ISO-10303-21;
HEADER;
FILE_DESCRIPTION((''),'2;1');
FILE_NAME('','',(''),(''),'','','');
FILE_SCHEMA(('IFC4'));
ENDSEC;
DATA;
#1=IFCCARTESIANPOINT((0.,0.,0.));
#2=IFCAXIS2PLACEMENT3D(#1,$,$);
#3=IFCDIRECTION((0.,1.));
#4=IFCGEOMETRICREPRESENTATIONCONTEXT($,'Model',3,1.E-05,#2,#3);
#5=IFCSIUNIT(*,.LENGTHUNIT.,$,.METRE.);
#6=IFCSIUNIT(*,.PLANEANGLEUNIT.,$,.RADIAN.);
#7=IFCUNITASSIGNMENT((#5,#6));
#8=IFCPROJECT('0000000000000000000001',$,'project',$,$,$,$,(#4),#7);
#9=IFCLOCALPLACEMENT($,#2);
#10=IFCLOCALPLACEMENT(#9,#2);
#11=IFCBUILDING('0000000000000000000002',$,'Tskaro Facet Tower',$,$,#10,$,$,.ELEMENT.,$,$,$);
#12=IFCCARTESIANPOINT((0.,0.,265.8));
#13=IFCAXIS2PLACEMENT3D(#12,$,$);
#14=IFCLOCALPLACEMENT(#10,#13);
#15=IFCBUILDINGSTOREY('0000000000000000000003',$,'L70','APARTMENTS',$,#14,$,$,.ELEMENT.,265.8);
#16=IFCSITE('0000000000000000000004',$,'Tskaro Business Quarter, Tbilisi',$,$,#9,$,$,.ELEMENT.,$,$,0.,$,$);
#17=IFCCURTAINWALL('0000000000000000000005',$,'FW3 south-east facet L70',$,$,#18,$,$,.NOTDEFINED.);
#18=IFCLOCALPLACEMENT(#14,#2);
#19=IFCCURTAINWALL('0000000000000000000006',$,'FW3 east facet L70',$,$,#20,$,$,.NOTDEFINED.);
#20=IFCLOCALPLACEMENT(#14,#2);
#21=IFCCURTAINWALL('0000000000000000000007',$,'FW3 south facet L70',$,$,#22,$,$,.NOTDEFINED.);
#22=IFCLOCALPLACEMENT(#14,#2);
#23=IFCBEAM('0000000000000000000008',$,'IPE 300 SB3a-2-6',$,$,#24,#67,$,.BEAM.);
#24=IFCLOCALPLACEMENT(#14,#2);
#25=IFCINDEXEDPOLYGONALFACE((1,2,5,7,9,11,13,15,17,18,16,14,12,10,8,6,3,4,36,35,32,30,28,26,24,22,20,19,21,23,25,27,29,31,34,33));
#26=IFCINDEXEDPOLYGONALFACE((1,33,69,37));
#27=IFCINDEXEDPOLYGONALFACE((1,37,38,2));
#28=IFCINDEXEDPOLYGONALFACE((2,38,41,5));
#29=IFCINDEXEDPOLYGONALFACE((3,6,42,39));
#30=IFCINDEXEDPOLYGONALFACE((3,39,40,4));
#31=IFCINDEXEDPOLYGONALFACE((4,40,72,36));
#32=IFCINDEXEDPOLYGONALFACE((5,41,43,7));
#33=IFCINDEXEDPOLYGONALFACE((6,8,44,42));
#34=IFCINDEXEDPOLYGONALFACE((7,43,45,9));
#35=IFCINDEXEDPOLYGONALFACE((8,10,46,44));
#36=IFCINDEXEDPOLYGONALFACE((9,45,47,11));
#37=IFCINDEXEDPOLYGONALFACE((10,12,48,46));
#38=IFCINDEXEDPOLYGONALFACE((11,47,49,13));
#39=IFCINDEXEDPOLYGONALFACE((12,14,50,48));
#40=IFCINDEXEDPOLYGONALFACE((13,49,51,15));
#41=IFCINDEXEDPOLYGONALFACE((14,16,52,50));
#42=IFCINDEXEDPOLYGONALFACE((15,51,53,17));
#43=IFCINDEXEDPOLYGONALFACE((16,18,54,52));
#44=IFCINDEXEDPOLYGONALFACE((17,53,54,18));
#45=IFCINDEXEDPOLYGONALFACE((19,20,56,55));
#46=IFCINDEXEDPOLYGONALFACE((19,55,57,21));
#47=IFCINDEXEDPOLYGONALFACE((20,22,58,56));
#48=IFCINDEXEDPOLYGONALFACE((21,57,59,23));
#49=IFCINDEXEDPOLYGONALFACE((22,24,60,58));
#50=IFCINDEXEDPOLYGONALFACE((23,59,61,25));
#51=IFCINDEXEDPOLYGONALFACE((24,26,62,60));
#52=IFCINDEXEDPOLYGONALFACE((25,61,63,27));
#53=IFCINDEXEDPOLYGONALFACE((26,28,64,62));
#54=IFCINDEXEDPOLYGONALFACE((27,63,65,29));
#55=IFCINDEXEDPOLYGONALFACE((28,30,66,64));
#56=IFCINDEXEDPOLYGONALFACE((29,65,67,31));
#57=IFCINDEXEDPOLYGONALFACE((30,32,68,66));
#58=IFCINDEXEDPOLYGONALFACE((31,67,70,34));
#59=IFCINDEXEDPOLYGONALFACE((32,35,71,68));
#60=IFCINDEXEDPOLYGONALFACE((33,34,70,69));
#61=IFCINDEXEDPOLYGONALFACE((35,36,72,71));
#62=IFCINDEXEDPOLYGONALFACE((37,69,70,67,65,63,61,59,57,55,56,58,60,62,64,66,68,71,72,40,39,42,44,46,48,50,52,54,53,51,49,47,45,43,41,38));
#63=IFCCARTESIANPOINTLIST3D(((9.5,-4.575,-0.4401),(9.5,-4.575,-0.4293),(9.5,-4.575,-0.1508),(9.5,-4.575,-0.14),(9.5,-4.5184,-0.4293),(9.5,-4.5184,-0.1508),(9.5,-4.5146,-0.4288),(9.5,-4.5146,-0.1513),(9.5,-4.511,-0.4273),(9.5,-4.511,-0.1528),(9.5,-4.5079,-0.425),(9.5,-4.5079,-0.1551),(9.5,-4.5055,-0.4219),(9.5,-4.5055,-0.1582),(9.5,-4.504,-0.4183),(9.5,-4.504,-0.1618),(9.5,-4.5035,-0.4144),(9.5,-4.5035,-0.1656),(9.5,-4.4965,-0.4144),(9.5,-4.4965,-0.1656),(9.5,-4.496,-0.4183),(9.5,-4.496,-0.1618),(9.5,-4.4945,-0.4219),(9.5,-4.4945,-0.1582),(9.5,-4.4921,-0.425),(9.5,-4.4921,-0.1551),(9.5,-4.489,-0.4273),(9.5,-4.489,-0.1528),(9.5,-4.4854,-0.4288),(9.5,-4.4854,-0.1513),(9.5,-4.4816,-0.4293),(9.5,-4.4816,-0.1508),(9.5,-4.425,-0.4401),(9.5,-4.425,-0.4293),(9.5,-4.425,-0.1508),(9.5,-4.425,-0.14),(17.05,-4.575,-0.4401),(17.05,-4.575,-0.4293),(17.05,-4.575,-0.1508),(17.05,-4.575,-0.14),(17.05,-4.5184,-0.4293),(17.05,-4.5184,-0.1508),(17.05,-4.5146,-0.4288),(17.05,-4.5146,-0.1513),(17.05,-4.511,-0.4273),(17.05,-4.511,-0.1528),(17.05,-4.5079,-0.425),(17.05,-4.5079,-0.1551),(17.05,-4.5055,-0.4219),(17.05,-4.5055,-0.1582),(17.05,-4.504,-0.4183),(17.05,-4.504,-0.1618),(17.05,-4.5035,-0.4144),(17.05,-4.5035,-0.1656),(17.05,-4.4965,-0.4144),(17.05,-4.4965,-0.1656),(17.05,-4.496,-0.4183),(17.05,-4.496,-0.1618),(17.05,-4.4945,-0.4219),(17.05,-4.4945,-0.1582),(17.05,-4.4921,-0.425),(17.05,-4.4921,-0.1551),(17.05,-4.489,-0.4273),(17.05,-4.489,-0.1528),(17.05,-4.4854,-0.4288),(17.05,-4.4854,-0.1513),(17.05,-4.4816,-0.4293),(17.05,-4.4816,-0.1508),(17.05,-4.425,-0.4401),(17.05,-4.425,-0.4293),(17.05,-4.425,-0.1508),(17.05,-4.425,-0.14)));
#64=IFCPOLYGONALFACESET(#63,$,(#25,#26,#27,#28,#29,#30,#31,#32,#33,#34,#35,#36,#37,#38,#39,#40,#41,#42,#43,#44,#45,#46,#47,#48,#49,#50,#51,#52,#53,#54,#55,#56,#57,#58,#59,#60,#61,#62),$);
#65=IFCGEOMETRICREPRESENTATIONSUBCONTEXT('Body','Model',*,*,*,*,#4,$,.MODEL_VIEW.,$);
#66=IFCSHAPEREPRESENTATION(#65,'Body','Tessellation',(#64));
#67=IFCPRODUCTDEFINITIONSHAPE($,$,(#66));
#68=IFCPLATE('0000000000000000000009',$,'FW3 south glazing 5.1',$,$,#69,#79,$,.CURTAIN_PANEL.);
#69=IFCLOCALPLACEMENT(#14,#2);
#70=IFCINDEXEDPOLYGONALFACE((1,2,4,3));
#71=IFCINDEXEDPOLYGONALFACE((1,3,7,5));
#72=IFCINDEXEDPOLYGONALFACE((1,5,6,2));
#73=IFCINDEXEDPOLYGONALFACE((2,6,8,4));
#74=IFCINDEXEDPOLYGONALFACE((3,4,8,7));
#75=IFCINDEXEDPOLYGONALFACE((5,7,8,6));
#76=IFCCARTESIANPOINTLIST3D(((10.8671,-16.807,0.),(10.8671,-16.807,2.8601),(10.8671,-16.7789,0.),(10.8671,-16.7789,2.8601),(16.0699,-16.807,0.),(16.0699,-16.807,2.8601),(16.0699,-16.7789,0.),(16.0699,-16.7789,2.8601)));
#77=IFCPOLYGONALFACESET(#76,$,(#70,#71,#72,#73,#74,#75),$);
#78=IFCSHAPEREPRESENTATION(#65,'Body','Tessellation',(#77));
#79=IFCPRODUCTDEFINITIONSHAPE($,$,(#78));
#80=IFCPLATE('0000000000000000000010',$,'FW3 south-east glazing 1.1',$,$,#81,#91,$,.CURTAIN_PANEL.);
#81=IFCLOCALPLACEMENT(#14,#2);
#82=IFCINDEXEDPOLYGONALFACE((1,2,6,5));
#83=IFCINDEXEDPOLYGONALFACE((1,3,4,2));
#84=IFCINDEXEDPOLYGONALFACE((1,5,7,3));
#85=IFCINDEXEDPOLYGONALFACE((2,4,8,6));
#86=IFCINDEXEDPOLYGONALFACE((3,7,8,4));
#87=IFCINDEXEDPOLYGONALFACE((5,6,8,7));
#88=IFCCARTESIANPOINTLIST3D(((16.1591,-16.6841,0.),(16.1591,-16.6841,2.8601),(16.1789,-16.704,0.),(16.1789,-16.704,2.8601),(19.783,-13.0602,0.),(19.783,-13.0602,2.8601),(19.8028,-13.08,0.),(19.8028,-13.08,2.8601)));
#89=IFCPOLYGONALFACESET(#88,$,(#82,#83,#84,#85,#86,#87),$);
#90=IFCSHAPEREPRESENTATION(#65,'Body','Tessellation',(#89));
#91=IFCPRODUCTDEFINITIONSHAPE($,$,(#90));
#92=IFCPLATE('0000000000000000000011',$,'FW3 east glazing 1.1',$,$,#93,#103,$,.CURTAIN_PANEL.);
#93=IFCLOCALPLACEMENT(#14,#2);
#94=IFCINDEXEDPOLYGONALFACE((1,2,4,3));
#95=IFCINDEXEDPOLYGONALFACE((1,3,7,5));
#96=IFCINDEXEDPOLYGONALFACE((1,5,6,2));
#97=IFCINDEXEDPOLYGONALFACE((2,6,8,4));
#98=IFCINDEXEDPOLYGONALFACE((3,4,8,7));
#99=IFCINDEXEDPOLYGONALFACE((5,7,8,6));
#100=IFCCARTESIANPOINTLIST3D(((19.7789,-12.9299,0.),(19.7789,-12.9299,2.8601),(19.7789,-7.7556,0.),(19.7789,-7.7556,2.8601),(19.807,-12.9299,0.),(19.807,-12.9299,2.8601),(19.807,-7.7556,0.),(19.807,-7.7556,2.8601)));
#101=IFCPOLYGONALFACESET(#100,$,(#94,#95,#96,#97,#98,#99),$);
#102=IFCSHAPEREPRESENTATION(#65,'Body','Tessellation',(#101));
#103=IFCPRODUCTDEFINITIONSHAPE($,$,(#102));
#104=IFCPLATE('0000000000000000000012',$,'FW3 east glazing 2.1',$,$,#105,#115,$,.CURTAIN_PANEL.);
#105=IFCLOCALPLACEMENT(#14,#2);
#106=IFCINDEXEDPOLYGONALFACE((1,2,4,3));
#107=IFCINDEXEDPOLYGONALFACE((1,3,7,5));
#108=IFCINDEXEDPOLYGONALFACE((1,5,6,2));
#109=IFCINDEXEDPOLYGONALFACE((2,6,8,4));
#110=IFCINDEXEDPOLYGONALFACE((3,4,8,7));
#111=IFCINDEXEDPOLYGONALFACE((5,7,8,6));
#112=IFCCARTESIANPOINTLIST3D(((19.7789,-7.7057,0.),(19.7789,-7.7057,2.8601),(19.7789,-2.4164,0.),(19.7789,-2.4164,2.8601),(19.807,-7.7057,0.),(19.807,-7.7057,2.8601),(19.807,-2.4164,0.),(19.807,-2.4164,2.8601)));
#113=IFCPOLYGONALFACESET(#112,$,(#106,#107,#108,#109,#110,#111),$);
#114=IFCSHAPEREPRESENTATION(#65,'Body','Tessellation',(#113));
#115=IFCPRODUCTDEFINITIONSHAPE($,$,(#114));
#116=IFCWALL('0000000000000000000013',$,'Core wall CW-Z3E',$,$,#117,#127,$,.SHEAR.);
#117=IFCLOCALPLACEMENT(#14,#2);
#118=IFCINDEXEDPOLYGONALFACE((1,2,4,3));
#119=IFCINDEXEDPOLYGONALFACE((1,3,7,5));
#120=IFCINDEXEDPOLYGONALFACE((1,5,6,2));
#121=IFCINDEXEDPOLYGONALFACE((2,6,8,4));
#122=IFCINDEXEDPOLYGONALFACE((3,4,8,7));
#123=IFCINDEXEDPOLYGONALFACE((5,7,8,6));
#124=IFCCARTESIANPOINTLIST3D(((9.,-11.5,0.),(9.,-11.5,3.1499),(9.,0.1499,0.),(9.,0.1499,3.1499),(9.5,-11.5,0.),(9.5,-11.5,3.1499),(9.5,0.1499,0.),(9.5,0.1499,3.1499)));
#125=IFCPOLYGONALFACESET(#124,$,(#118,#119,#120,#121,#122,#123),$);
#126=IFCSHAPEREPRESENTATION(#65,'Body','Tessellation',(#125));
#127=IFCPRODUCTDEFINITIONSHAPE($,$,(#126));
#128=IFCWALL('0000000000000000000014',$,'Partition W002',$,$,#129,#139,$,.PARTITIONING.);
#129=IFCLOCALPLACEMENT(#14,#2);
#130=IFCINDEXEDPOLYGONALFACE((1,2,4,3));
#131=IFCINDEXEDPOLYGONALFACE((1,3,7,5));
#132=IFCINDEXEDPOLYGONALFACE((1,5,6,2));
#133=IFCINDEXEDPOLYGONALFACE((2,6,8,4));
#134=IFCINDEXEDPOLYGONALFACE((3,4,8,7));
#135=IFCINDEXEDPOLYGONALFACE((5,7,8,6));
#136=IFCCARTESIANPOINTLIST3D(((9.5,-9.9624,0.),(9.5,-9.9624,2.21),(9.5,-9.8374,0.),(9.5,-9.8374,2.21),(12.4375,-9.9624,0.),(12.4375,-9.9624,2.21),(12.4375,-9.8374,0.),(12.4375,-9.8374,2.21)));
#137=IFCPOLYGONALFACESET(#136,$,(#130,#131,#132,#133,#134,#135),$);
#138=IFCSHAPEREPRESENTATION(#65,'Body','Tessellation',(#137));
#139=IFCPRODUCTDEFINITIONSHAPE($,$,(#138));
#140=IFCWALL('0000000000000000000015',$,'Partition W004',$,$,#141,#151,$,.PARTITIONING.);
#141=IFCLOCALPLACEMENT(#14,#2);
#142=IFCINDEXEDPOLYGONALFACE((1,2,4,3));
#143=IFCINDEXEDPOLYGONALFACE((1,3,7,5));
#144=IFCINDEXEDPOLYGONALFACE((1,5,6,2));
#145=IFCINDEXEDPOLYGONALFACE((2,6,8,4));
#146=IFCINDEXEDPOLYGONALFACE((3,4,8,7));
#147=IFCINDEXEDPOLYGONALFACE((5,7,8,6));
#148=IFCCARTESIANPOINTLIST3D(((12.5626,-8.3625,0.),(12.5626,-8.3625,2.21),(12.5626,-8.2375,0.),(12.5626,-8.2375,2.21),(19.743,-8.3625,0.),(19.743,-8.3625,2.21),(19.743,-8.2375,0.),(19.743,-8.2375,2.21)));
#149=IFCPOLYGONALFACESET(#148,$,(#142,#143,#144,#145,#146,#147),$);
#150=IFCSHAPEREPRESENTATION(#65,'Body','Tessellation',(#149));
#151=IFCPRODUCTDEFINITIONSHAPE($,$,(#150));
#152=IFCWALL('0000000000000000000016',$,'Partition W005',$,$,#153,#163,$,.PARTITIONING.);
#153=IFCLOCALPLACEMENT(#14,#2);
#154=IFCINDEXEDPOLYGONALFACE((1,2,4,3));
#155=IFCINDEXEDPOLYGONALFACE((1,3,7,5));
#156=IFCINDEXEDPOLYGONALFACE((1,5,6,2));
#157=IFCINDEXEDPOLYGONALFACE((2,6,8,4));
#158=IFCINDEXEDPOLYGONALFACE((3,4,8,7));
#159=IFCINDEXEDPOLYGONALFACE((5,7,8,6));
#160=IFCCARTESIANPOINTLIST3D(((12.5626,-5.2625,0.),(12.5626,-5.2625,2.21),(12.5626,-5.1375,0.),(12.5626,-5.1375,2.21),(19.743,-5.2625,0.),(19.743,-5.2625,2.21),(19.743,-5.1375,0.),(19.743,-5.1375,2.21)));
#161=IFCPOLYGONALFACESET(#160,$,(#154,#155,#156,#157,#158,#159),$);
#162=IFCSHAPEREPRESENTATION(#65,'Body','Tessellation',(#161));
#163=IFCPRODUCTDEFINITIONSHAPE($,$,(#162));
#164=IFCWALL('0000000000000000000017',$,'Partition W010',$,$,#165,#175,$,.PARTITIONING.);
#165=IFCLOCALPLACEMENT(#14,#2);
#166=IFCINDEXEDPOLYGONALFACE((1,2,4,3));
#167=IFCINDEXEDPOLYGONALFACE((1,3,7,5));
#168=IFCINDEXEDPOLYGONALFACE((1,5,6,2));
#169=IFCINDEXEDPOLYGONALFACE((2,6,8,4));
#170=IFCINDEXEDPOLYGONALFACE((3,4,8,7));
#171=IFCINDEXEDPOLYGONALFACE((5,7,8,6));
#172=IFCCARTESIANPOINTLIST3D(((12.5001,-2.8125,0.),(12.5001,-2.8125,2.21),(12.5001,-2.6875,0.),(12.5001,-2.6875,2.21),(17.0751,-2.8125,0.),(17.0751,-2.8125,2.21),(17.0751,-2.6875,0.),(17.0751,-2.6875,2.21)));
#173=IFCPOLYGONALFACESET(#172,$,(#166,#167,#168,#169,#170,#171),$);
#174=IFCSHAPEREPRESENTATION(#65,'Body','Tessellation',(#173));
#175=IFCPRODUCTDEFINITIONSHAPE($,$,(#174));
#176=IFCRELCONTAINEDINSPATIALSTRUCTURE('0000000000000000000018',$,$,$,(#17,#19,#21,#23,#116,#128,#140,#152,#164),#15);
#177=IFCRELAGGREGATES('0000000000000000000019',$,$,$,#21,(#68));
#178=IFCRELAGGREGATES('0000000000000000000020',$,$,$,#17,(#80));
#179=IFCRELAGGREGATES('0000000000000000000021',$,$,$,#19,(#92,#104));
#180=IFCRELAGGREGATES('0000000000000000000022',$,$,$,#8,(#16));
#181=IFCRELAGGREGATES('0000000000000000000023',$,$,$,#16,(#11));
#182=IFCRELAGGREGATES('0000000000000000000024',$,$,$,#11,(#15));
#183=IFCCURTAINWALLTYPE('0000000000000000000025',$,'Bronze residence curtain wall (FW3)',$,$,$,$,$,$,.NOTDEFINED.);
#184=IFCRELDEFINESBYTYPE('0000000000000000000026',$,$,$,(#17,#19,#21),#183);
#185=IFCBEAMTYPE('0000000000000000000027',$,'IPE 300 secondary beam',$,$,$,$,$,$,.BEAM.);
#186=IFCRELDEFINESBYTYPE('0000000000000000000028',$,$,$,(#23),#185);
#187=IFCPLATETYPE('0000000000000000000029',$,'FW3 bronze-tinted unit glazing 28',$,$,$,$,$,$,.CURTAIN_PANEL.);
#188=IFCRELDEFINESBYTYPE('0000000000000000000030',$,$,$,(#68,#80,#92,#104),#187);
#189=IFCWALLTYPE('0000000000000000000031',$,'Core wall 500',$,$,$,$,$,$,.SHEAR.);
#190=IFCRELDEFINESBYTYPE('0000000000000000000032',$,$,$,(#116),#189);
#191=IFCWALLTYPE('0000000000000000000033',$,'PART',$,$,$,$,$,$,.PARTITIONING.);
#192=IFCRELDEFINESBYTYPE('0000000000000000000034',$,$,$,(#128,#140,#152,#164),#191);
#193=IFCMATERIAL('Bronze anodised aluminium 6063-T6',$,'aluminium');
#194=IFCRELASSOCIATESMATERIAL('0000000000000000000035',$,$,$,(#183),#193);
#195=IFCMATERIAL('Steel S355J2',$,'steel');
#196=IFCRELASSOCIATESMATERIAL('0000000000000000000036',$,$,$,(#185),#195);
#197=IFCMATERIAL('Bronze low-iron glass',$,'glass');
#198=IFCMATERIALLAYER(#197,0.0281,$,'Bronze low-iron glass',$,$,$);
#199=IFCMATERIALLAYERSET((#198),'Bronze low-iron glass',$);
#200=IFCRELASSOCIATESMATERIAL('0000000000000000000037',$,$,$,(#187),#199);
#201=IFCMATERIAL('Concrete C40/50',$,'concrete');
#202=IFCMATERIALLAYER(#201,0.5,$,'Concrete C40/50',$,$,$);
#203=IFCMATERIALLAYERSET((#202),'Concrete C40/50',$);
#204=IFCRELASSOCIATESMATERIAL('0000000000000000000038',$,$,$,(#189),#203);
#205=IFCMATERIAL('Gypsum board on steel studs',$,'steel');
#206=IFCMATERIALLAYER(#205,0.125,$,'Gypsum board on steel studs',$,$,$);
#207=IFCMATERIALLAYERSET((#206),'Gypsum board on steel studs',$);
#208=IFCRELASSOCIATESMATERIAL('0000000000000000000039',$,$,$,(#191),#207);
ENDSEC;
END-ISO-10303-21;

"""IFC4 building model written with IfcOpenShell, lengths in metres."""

from ifc_helpers import new_model, si_unit, direction, frame, frame_2d, origin, origin_2d, place, context, subcontext, project, spatial, rectangle, i_section, extrude, material, layer, layer_set, material_profile, profile_set, type_object, element, aggregate, save


model = new_model("IFC4")

# Units and contexts
model_context = context("Model", 3, precision=1e-05, world=origin(), true_north=direction((0.0, 1.0)))
body_context = subcontext(model_context, "Body", "Model", "MODEL_VIEW")
ifc_project = project(units=[si_unit("LENGTHUNIT", "METRE"), si_unit("PLANEANGLEUNIT", "RADIAN")], contexts=[model_context])

# Site, building, storey
site_placement = place(None, origin())
site = spatial("IfcSite", under=ifc_project, at=site_placement, Name="Tskaro Business Quarter, Tbilisi", CompositionType="ELEMENT", RefElevation=0.0)
building_placement = place(site_placement, origin())
building = spatial("IfcBuilding", under=site, at=building_placement, Name="Tskaro Facet Tower", CompositionType="ELEMENT")
storey_placement = place(building_placement, frame((0.0, 0.0, 265.8)))
storey = spatial("IfcBuildingStorey", under=building, at=storey_placement, Name="L70", Description="APARTMENTS", CompositionType="ELEMENT", Elevation=265.8)

# Shared definitions
ifc_material_1 = material(Name="Steel S355J2", Category="steel")

# Curtain walls
ifc_material_2 = material(Name="Bronze anodised aluminium 6063-T6", Category="aluminium")
curtain_wall_type = type_object("IfcCurtainWallType", Name="Bronze residence curtain wall (FW3)", PredefinedType="NOTDEFINED", material=ifc_material_2)
curtain_wall_1_placement = place(storey_placement, origin())
curtain_wall_1 = element("IfcCurtainWall", 1, at=curtain_wall_1_placement, inside=storey, type_object=curtain_wall_type, Name="FW3 south-east facet L70", PredefinedType="NOTDEFINED")
curtain_wall_2_placement = place(storey_placement, origin())
curtain_wall_2 = element("IfcCurtainWall", 2, at=curtain_wall_2_placement, inside=storey, type_object=curtain_wall_type, Name="FW3 east facet L70", PredefinedType="NOTDEFINED")
curtain_wall_3_placement = place(storey_placement, origin())
curtain_wall_3 = element("IfcCurtainWall", 3, at=curtain_wall_3_placement, inside=storey, type_object=curtain_wall_type, Name="FW3 south facet L70", PredefinedType="NOTDEFINED")

# Beam
ifc_material_profile_1 = material_profile(ifc_material_1, i_section(OverallWidth=0.1499, OverallDepth=0.3, WebThickness=0.0071, FlangeThickness=0.0107, FilletRadius=0.0149, at=origin_2d()), Name="IPE 300")
ifc_profile_set_1 = profile_set([ifc_material_profile_1], Name="Steel S355J2")
beam_type_1 = type_object("IfcBeamType", Name="IPE 300 secondary beam", PredefinedType="BEAM", material=ifc_profile_set_1)
beam_1_placement = place(storey_placement, frame((9.5, -4.5, -0.29), z_axis=(1.0, 0.0, 0.0), x_axis=(0.0, 1.0, 0.0)))
element("IfcBeam", 4, at=beam_1_placement, inside=storey, type_object=beam_type_1, Name="IPE 300 SB3a-2-6", PredefinedType="BEAM", context=body_context, shape_type="SweptSolid", body=[
    extrude(i_section(OverallWidth=0.1499, OverallDepth=0.3, WebThickness=0.0071, FlangeThickness=0.0107, FilletRadius=0.0149, at=origin_2d()), origin(), (0.0, 0.0, 1.0), 7.55),
])

# Plates
ifc_material_3 = material(Name="Bronze low-iron glass", Category="glass")
ifc_layer_1 = layer(ifc_material_3, 0.0281, Name="Bronze low-iron glass")
ifc_layer_set_1 = layer_set([ifc_layer_1], Name="Bronze low-iron glass")
plate_type = type_object("IfcPlateType", Name="FW3 bronze-tinted unit glazing 28", PredefinedType="CURTAIN_PANEL", material=ifc_layer_set_1)
plate_1_placement = place(storey_placement, frame((13.4685, -16.793, 0.0), z_axis=(0.0, 0.0, 1.0), x_axis=(1.0, 0.0, 0.0)))
plate_1 = element("IfcPlate", 5, at=plate_1_placement, type_object=plate_type, Name="FW3 south glazing 5.1", PredefinedType="CURTAIN_PANEL", context=body_context, shape_type="SweptSolid", body=[
    extrude(rectangle(XDim=5.2029, YDim=0.0281, at=origin_2d()), origin(), (0.0, 0.0, 1.0), 2.8601),
])
aggregate(curtain_wall_3, [plate_1])
plate_2_placement = place(storey_placement, frame((17.981, -14.8821, 0.0), z_axis=(0.0, 0.0, 1.0), x_axis=(0.707107, 0.707107, 0.0)))
plate_2 = element("IfcPlate", 6, at=plate_2_placement, type_object=plate_type, Name="FW3 south-east glazing 1.1", PredefinedType="CURTAIN_PANEL", context=body_context, shape_type="SweptSolid", body=[
    extrude(rectangle(XDim=5.125, YDim=0.0281, at=origin_2d()), origin(), (0.0, 0.0, 1.0), 2.8601),
])
aggregate(curtain_wall_1, [plate_2])
plate_3_placement = place(storey_placement, frame((19.793, -10.3428, 0.0), z_axis=(0.0, 0.0, 1.0), x_axis=(0.0, 1.0, 0.0)))
plate_3 = element("IfcPlate", 7, at=plate_3_placement, type_object=plate_type, Name="FW3 east glazing 1.1", PredefinedType="CURTAIN_PANEL", context=body_context, shape_type="SweptSolid", body=[
    extrude(rectangle(XDim=5.1743, YDim=0.0281, at=origin_2d()), origin(), (0.0, 0.0, 1.0), 2.8601),
])
plate_4_placement = place(storey_placement, frame((19.793, -5.061, 0.0), z_axis=(0.0, 0.0, 1.0), x_axis=(0.0, 1.0, 0.0)))
plate_4 = element("IfcPlate", 8, at=plate_4_placement, type_object=plate_type, Name="FW3 east glazing 2.1", PredefinedType="CURTAIN_PANEL", context=body_context, shape_type="SweptSolid", body=[
    extrude(rectangle(XDim=5.2893, YDim=0.0281, at=origin_2d()), origin(), (0.0, 0.0, 1.0), 2.8601),
])
aggregate(curtain_wall_2, [plate_3, plate_4])

# Walls
ifc_material_4 = material(Name="Concrete C40/50", Category="concrete")
ifc_layer_2 = layer(ifc_material_4, 0.5, Name="Concrete C40/50")
ifc_layer_set_2 = layer_set([ifc_layer_2], Name="Concrete C40/50")
wall_type_1 = type_object("IfcWallType", Name="Core wall 500", PredefinedType="SHEAR", material=ifc_layer_set_2)
wall_1_placement = place(storey_placement, frame((9.25, -11.5, 0.0), z_axis=(0.0, 0.0, 1.0), x_axis=(0.0, 1.0, 0.0)))
element("IfcWall", 9, at=wall_1_placement, inside=storey, type_object=wall_type_1, Name="Core wall CW-Z3E", PredefinedType="SHEAR", context=body_context, shape_type="SweptSolid", body=[
    extrude(rectangle(XDim=11.6499, YDim=0.5, at=frame_2d((5.825, 0.0))), origin(), (0.0, 0.0, 1.0), 3.1499),
])
ifc_material_5 = material(Name="Gypsum board on steel studs", Category="steel")
ifc_layer_3 = layer(ifc_material_5, 0.125, Name="Gypsum board on steel studs")
ifc_layer_set_3 = layer_set([ifc_layer_3], Name="Gypsum board on steel studs")
wall_type_2 = type_object("IfcWallType", Name="PART", PredefinedType="PARTITIONING", material=ifc_layer_set_3)
wall_2_placement = place(storey_placement, frame((9.5, -9.8999, 0.0), z_axis=(0.0, 0.0, 1.0), x_axis=(1.0, 0.0, 0.0)))
element("IfcWall", 10, at=wall_2_placement, inside=storey, type_object=wall_type_2, Name="Partition W002", PredefinedType="PARTITIONING", context=body_context, shape_type="SweptSolid", body=[
    extrude(rectangle(XDim=2.9375, YDim=0.125, at=frame_2d((1.4688, 0.0))), origin(), (0.0, 0.0, 1.0), 2.21),
])
for number, where, z_axis, x_axis, name in (
    (11, (12.5625, -8.3, 0.0), (0.0, 0.0, 1.0), (1.0, 0.0, 0.0), "Partition W004"),
    (12, (12.5625, -5.2, 0.0), (0.0, 0.0, 1.0), (1.0, 0.0, 0.0), "Partition W005"),
):
    element("IfcWall", number, at=place(storey_placement, frame(where, z_axis=z_axis, x_axis=x_axis)), inside=storey, type_object=wall_type_2, Name=name, PredefinedType="PARTITIONING", context=body_context, shape_type="SweptSolid", body=[
        extrude(rectangle(XDim=7.1804, YDim=0.125, at=frame_2d((3.5903, 0.0))), origin(), (0.0, 0.0, 1.0), 2.21),
    ])
wall_3_placement = place(storey_placement, frame((12.5, -2.75, 0.0), z_axis=(0.0, 0.0, 1.0), x_axis=(1.0, 0.0, 0.0)))
element("IfcWall", 13, at=wall_3_placement, inside=storey, type_object=wall_type_2, Name="Partition W010", PredefinedType="PARTITIONING", context=body_context, shape_type="SweptSolid", body=[
    extrude(rectangle(XDim=4.575, YDim=0.125, at=frame_2d((2.2876, 0.0))), origin(), (0.0, 0.0, 1.0), 2.21),
])

save(model, "model.ifc")
